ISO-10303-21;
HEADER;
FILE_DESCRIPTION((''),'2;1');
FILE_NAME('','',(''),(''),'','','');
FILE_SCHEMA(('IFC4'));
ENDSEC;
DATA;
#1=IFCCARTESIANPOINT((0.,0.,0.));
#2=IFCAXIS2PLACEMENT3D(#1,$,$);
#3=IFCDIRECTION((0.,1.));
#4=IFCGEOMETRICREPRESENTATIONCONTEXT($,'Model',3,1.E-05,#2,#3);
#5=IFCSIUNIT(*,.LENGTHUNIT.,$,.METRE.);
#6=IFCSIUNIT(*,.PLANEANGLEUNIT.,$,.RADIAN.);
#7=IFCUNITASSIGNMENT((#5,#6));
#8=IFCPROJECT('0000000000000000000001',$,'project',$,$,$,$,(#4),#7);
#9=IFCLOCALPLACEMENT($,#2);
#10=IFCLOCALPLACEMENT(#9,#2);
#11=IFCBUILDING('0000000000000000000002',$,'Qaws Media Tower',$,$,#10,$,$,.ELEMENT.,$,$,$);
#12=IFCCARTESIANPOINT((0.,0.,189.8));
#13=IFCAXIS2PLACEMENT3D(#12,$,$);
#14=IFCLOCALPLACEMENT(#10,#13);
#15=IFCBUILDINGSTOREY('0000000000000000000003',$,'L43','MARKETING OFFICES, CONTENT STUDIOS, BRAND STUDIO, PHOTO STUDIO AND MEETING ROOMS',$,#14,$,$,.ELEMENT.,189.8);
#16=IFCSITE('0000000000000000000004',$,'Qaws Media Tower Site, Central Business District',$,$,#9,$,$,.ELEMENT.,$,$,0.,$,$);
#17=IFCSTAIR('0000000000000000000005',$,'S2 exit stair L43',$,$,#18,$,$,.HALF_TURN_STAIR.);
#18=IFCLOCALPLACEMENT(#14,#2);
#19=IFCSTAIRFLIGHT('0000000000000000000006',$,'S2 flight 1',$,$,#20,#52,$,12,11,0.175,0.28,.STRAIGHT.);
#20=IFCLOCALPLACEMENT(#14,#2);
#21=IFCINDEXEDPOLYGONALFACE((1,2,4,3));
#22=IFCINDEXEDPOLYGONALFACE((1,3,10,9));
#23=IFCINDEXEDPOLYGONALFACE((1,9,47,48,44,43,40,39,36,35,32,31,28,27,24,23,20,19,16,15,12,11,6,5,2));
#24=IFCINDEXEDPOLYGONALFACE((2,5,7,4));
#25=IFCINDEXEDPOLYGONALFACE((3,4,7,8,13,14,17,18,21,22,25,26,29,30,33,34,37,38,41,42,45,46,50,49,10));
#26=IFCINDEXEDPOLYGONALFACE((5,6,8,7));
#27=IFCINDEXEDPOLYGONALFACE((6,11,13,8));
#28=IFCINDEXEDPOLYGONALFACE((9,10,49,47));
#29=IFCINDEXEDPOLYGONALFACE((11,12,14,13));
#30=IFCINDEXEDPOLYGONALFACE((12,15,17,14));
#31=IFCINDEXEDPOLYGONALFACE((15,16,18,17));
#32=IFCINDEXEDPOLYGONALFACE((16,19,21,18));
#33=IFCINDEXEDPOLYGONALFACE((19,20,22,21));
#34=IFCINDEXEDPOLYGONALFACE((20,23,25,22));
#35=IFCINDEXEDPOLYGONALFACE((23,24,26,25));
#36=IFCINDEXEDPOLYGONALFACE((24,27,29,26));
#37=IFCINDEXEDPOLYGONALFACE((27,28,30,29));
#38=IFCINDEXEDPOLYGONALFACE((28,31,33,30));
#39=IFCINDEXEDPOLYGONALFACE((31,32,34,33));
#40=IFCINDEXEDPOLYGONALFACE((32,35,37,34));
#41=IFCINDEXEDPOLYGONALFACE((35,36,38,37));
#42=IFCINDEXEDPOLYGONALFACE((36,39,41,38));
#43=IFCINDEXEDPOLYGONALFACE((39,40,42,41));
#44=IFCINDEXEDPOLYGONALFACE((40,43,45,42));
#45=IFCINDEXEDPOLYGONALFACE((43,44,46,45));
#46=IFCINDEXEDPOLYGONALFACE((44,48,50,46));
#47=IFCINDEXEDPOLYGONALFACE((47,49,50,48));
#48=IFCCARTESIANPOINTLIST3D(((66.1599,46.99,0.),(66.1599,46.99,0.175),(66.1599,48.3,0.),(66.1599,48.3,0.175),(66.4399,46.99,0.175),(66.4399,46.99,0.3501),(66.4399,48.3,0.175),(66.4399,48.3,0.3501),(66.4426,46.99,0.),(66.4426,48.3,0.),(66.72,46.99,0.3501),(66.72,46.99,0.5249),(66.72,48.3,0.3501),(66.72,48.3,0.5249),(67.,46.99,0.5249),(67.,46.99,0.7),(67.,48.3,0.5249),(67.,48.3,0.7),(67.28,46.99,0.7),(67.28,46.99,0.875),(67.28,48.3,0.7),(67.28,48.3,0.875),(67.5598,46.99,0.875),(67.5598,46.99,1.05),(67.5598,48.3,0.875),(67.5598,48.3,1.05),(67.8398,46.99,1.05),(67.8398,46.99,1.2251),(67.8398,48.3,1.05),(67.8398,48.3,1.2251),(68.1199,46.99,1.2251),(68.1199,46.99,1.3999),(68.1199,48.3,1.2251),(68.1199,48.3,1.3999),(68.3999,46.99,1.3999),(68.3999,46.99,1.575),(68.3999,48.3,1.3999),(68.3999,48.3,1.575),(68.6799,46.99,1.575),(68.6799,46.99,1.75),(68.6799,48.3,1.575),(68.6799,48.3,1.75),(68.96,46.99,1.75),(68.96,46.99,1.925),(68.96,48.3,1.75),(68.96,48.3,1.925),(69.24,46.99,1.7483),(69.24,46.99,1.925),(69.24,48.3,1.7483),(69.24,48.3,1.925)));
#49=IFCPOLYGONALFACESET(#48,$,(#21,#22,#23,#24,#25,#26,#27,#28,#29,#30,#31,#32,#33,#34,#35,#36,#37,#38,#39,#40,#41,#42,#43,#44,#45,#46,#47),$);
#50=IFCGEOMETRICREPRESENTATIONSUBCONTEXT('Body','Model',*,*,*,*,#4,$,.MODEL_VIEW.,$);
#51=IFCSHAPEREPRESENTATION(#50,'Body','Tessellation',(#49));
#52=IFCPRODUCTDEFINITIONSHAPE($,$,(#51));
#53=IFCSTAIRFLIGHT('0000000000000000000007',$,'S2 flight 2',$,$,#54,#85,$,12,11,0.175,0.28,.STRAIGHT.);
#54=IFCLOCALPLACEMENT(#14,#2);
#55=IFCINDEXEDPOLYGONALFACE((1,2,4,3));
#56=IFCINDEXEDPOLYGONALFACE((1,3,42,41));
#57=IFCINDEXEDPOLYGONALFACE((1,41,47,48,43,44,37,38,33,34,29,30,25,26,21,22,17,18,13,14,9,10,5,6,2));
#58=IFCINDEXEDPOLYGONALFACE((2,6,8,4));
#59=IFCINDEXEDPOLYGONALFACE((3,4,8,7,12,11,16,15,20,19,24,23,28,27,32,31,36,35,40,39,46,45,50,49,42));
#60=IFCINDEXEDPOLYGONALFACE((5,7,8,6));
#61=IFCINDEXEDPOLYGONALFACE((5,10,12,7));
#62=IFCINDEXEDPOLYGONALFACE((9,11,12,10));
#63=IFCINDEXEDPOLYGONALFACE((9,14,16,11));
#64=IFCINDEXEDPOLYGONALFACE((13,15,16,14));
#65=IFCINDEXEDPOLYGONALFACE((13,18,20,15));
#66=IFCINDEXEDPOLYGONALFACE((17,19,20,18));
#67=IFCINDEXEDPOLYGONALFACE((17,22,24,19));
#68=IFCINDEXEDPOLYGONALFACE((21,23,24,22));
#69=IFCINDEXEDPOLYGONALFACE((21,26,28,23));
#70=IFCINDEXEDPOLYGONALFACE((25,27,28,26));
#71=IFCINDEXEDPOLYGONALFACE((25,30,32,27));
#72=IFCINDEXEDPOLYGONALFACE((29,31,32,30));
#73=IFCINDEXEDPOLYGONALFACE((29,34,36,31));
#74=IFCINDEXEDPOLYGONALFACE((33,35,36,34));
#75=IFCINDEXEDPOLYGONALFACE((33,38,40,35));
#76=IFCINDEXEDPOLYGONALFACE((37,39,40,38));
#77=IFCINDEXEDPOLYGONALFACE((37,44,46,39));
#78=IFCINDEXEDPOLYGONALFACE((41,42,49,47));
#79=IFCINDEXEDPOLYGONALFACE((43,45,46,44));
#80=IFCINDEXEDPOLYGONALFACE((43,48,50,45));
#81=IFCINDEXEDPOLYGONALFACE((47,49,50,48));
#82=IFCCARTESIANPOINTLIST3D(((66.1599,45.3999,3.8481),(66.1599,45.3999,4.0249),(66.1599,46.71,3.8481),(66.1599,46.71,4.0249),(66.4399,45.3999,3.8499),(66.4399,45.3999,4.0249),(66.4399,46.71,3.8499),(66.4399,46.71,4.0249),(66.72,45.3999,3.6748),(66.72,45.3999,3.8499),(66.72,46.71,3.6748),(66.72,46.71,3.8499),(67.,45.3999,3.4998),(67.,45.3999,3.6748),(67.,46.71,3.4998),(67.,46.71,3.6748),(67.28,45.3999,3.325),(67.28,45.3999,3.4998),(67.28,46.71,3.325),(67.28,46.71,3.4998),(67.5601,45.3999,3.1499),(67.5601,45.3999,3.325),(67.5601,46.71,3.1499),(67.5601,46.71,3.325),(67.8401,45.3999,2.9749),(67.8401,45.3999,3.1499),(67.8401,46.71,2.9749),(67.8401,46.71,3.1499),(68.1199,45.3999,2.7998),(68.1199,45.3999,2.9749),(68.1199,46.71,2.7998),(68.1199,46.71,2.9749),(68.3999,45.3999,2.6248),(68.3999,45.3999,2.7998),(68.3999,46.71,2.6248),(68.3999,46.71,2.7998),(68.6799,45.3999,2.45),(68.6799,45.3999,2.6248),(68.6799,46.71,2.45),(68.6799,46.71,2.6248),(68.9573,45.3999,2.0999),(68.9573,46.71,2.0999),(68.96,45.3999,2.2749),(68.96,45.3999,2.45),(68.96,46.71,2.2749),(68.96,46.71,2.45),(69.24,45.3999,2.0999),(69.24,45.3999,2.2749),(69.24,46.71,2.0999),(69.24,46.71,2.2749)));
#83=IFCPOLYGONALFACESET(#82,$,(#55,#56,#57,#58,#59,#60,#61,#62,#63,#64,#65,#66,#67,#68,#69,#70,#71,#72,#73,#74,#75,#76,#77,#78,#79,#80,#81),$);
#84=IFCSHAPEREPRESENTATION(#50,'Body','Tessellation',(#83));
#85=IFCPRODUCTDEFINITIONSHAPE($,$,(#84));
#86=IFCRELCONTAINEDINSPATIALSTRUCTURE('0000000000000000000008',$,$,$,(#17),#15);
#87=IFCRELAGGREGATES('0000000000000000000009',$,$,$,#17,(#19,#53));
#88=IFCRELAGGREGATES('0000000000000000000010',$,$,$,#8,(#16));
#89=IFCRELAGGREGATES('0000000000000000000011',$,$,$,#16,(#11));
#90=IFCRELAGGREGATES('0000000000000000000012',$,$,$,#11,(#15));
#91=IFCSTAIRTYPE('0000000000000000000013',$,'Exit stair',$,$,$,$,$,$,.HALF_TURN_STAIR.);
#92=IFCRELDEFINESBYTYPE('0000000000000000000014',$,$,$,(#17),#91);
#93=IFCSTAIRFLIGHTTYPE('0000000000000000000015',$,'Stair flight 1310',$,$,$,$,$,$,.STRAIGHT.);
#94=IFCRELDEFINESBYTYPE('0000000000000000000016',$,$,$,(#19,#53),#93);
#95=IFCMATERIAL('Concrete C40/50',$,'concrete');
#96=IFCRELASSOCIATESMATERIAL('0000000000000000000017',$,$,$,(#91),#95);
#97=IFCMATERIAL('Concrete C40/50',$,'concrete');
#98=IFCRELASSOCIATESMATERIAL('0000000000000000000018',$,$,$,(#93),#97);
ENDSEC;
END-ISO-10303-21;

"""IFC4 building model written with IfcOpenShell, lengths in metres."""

from ifc_helpers import new_model, si_unit, direction, frame, origin, place, context, subcontext, project, spatial, polyline, outline, extrude, material, type_object, element, aggregate, save


model = new_model("IFC4")

# Units and contexts
model_context = context("Model", 3, precision=1e-05, world=origin(), true_north=direction((0.0, 1.0)))
body_context = subcontext(model_context, "Body", "Model", "MODEL_VIEW")
ifc_project = project(units=[si_unit("LENGTHUNIT", "METRE"), si_unit("PLANEANGLEUNIT", "RADIAN")], contexts=[model_context])

# Site, building, storey
site_placement = place(None, origin())
site = spatial("IfcSite", under=ifc_project, at=site_placement, Name="Qaws Media Tower Site, Central Business District", CompositionType="ELEMENT", RefElevation=0.0)
building_placement = place(site_placement, origin())
building = spatial("IfcBuilding", under=site, at=building_placement, Name="Qaws Media Tower", CompositionType="ELEMENT")
storey_placement = place(building_placement, frame((0.0, 0.0, 189.8)))
storey = spatial("IfcBuildingStorey", under=building, at=storey_placement, Name="L43", Description="MARKETING OFFICES, CONTENT STUDIOS, BRAND STUDIO, PHOTO STUDIO AND MEETING ROOMS", CompositionType="ELEMENT", Elevation=189.8)

# Stair, stair flights
ifc_material_1 = material(Name="Concrete C40/50", Category="concrete")
stair_type = type_object("IfcStairType", Name="Exit stair", PredefinedType="HALF_TURN_STAIR", material=ifc_material_1)
stair_placement = place(storey_placement, origin())
stair = element("IfcStair", 1, at=stair_placement, inside=storey, type_object=stair_type, Name="S2 exit stair L43", PredefinedType="HALF_TURN_STAIR")
ifc_material_2 = material(Name="Concrete C40/50", Category="concrete")
stair_flight_type = type_object("IfcStairFlightType", Name="Stair flight 1310", PredefinedType="STRAIGHT", material=ifc_material_2)
stair_flight_1_placement = place(storey_placement, frame((66.1599, 47.645, 0.0), z_axis=(0.0, 0.0, 1.0), x_axis=(1.0, 0.0, 0.0)))
stair_flight_1 = element("IfcStairFlight", 2, at=stair_flight_1_placement, type_object=stair_flight_type, Name="S2 flight 1", NumberOfRisers=12, NumberOfTreads=11, PredefinedType="STRAIGHT", RiserHeight=0.175, TreadLength=0.28, context=body_context, shape_type="SweptSolid", body=[
    extrude(outline(polyline([(0.0, 0.0), (0.0, 0.175), (0.28, 0.175), (0.28, 0.3501), (0.5601, 0.3501), (0.5601, 0.5249), (0.8401, 0.5249), (0.8401, 0.7), (1.1201, 0.7), (1.1201, 0.875), (1.3999, 0.875), (1.3999, 1.05), (1.6799, 1.05), (1.6799, 1.2251), (1.96, 1.2251), (1.96, 1.3999), (2.24, 1.3999), (2.24, 1.575), (2.52, 1.575), (2.52, 1.75), (2.8, 1.75), (2.8, 1.925), (3.0801, 1.925), (3.0801, 2.1001), (3.0801, 1.7483), (0.2827, 0.0), (0.0, 0.0)])), frame((0.0, 0.655, 0.0), z_axis=(0.0, -1.0, 0.0), x_axis=(1.0, 0.0, 0.0)), (0.0, 0.0, 1.0), 1.3101),
])
stair_flight_2_placement = place(storey_placement, frame((69.24, 46.0549, 2.0999), z_axis=(0.0, 0.0, 1.0), x_axis=(-1.0, 0.0, 0.0)))
stair_flight_2 = element("IfcStairFlight", 3, at=stair_flight_2_placement, type_object=stair_flight_type, Name="S2 flight 2", NumberOfRisers=12, NumberOfTreads=11, PredefinedType="STRAIGHT", RiserHeight=0.175, TreadLength=0.28, context=body_context, shape_type="SweptSolid", body=[
    extrude(outline(polyline([(0.0, 0.0), (0.0, 0.175), (0.28, 0.175), (0.28, 0.3501), (0.5601, 0.3501), (0.5601, 0.5249), (0.8401, 0.5249), (0.8401, 0.7), (1.1201, 0.7), (1.1201, 0.875), (1.3999, 0.875), (1.3999, 1.05), (1.6799, 1.05), (1.6799, 1.2251), (1.96, 1.2251), (1.96, 1.3999), (2.24, 1.3999), (2.24, 1.575), (2.52, 1.575), (2.52, 1.75), (2.8, 1.75), (2.8, 1.925), (3.0801, 1.925), (3.0801, 2.1001), (3.0801, 1.7483), (0.2827, 0.0), (0.0, 0.0)])), frame((0.0, 0.655, 0.0), z_axis=(0.0, -1.0, 0.0), x_axis=(1.0, 0.0, 0.0)), (0.0, 0.0, 1.0), 1.3101),
])
aggregate(stair, [stair_flight_1, stair_flight_2])

save(model, "model.ifc")
